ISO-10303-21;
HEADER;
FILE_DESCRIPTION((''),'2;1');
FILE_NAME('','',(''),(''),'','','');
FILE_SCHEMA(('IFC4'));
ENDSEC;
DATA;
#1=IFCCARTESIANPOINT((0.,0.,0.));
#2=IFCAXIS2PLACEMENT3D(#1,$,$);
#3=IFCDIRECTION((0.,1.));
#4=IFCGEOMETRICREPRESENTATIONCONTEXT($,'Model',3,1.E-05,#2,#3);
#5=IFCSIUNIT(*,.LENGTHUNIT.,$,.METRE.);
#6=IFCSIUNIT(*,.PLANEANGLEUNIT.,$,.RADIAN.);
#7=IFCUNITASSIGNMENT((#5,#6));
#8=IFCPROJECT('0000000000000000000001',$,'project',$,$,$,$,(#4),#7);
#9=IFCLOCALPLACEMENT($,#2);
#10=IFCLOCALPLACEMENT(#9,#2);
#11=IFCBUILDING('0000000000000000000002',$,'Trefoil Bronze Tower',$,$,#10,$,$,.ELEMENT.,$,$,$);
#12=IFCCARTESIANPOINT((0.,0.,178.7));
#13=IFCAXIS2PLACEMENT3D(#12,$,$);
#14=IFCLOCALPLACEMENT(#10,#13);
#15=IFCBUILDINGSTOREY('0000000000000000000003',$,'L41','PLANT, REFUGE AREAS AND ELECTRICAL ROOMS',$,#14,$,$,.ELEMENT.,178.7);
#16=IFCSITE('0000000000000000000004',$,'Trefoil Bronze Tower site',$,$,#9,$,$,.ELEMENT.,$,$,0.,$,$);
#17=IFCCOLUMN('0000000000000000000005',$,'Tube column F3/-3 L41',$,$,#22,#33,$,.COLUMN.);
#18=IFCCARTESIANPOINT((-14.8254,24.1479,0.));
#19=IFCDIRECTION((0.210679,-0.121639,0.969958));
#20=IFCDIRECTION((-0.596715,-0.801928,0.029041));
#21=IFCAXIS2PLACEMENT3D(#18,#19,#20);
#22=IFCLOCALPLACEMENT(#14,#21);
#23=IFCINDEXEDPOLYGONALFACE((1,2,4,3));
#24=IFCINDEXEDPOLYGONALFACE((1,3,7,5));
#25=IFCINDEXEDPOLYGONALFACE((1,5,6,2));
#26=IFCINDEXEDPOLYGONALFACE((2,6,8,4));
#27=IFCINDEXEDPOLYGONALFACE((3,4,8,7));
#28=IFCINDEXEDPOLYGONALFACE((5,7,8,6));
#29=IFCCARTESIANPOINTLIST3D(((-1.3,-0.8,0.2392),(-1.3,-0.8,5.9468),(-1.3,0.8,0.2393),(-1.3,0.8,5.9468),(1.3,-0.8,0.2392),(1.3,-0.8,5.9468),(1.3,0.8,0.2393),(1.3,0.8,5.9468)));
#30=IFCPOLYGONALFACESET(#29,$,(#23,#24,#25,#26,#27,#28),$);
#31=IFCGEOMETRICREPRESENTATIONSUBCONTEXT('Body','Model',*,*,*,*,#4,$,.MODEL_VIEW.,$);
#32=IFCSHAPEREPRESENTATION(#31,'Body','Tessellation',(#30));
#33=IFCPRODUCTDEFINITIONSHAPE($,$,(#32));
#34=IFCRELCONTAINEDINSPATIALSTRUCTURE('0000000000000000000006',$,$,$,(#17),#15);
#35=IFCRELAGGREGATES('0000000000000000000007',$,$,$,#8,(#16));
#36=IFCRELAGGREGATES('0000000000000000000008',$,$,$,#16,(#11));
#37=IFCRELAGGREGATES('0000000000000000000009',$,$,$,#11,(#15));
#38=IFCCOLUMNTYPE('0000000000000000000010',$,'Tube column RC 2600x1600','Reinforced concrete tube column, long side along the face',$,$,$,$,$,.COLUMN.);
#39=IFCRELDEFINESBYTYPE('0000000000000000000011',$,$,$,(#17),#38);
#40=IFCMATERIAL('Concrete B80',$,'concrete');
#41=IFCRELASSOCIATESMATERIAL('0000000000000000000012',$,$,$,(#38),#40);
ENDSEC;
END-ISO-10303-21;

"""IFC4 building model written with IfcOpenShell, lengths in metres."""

from ifc_helpers import new_model, si_unit, direction, frame, origin, origin_2d, place, context, subcontext, project, spatial, rectangle, extrude, clip, halfspace, material, material_profile, profile_set, type_object, element, save


model = new_model("IFC4")

# Units and contexts
model_context = context("Model", 3, precision=1e-05, world=origin(), true_north=direction((0.0, 1.0)))
body_context = subcontext(model_context, "Body", "Model", "MODEL_VIEW")
ifc_project = project(units=[si_unit("LENGTHUNIT", "METRE"), si_unit("PLANEANGLEUNIT", "RADIAN")], contexts=[model_context])

# Site, building, storey
site_placement = place(None, origin())
site = spatial("IfcSite", under=ifc_project, at=site_placement, Name="Trefoil Bronze Tower site", CompositionType="ELEMENT", RefElevation=0.0)
building_placement = place(site_placement, origin())
building = spatial("IfcBuilding", under=site, at=building_placement, Name="Trefoil Bronze Tower", CompositionType="ELEMENT")
storey_placement = place(building_placement, frame((0.0, 0.0, 178.7)))
storey = spatial("IfcBuildingStorey", under=building, at=storey_placement, Name="L41", Description="PLANT, REFUGE AREAS AND ELECTRICAL ROOMS", CompositionType="ELEMENT", Elevation=178.7)

# Column
ifc_material_1 = material(Name="Concrete B80", Category="concrete")
ifc_material_profile_1 = material_profile(ifc_material_1, rectangle(XDim=2.6001, YDim=1.6001, at=origin_2d()), Name="RC 2600x1600")
ifc_profile_set_1 = profile_set([ifc_material_profile_1], Name="Concrete B80")
column_type = type_object("IfcColumnType", Name="Tube column RC 2600x1600", Description="Reinforced concrete tube column, long side along the face", PredefinedType="COLUMN", material=ifc_profile_set_1)
column_placement = place(storey_placement, frame((-14.8254, 24.1479, 0.0), z_axis=(0.210679, -0.121639, 0.969958), x_axis=(-0.596715, -0.801928, 0.029041)))
element("IfcColumn", 1, at=column_placement, inside=storey, type_object=column_type, Name="Tube column F3/-3 L41", PredefinedType="COLUMN", context=body_context, shape_type="Clipping", body=[
    clip(clip(extrude(rectangle(XDim=2.6001, YDim=1.6001, at=origin_2d()), origin(), (0.0, 0.0, 1.0), 6.1858), halfspace(frame((0.0, 0.0, 0.2393), z_axis=(-0.000001, -0.00002, 1.0), x_axis=(0.0, 1.0, 0.00002)), True)), halfspace(frame((0.0, 0.0, 5.9468), z_axis=(0.000001, 0.00002, -1.0), x_axis=(0.0, -1.0, -0.00002)), True)),
])

save(model, "model.ifc")
